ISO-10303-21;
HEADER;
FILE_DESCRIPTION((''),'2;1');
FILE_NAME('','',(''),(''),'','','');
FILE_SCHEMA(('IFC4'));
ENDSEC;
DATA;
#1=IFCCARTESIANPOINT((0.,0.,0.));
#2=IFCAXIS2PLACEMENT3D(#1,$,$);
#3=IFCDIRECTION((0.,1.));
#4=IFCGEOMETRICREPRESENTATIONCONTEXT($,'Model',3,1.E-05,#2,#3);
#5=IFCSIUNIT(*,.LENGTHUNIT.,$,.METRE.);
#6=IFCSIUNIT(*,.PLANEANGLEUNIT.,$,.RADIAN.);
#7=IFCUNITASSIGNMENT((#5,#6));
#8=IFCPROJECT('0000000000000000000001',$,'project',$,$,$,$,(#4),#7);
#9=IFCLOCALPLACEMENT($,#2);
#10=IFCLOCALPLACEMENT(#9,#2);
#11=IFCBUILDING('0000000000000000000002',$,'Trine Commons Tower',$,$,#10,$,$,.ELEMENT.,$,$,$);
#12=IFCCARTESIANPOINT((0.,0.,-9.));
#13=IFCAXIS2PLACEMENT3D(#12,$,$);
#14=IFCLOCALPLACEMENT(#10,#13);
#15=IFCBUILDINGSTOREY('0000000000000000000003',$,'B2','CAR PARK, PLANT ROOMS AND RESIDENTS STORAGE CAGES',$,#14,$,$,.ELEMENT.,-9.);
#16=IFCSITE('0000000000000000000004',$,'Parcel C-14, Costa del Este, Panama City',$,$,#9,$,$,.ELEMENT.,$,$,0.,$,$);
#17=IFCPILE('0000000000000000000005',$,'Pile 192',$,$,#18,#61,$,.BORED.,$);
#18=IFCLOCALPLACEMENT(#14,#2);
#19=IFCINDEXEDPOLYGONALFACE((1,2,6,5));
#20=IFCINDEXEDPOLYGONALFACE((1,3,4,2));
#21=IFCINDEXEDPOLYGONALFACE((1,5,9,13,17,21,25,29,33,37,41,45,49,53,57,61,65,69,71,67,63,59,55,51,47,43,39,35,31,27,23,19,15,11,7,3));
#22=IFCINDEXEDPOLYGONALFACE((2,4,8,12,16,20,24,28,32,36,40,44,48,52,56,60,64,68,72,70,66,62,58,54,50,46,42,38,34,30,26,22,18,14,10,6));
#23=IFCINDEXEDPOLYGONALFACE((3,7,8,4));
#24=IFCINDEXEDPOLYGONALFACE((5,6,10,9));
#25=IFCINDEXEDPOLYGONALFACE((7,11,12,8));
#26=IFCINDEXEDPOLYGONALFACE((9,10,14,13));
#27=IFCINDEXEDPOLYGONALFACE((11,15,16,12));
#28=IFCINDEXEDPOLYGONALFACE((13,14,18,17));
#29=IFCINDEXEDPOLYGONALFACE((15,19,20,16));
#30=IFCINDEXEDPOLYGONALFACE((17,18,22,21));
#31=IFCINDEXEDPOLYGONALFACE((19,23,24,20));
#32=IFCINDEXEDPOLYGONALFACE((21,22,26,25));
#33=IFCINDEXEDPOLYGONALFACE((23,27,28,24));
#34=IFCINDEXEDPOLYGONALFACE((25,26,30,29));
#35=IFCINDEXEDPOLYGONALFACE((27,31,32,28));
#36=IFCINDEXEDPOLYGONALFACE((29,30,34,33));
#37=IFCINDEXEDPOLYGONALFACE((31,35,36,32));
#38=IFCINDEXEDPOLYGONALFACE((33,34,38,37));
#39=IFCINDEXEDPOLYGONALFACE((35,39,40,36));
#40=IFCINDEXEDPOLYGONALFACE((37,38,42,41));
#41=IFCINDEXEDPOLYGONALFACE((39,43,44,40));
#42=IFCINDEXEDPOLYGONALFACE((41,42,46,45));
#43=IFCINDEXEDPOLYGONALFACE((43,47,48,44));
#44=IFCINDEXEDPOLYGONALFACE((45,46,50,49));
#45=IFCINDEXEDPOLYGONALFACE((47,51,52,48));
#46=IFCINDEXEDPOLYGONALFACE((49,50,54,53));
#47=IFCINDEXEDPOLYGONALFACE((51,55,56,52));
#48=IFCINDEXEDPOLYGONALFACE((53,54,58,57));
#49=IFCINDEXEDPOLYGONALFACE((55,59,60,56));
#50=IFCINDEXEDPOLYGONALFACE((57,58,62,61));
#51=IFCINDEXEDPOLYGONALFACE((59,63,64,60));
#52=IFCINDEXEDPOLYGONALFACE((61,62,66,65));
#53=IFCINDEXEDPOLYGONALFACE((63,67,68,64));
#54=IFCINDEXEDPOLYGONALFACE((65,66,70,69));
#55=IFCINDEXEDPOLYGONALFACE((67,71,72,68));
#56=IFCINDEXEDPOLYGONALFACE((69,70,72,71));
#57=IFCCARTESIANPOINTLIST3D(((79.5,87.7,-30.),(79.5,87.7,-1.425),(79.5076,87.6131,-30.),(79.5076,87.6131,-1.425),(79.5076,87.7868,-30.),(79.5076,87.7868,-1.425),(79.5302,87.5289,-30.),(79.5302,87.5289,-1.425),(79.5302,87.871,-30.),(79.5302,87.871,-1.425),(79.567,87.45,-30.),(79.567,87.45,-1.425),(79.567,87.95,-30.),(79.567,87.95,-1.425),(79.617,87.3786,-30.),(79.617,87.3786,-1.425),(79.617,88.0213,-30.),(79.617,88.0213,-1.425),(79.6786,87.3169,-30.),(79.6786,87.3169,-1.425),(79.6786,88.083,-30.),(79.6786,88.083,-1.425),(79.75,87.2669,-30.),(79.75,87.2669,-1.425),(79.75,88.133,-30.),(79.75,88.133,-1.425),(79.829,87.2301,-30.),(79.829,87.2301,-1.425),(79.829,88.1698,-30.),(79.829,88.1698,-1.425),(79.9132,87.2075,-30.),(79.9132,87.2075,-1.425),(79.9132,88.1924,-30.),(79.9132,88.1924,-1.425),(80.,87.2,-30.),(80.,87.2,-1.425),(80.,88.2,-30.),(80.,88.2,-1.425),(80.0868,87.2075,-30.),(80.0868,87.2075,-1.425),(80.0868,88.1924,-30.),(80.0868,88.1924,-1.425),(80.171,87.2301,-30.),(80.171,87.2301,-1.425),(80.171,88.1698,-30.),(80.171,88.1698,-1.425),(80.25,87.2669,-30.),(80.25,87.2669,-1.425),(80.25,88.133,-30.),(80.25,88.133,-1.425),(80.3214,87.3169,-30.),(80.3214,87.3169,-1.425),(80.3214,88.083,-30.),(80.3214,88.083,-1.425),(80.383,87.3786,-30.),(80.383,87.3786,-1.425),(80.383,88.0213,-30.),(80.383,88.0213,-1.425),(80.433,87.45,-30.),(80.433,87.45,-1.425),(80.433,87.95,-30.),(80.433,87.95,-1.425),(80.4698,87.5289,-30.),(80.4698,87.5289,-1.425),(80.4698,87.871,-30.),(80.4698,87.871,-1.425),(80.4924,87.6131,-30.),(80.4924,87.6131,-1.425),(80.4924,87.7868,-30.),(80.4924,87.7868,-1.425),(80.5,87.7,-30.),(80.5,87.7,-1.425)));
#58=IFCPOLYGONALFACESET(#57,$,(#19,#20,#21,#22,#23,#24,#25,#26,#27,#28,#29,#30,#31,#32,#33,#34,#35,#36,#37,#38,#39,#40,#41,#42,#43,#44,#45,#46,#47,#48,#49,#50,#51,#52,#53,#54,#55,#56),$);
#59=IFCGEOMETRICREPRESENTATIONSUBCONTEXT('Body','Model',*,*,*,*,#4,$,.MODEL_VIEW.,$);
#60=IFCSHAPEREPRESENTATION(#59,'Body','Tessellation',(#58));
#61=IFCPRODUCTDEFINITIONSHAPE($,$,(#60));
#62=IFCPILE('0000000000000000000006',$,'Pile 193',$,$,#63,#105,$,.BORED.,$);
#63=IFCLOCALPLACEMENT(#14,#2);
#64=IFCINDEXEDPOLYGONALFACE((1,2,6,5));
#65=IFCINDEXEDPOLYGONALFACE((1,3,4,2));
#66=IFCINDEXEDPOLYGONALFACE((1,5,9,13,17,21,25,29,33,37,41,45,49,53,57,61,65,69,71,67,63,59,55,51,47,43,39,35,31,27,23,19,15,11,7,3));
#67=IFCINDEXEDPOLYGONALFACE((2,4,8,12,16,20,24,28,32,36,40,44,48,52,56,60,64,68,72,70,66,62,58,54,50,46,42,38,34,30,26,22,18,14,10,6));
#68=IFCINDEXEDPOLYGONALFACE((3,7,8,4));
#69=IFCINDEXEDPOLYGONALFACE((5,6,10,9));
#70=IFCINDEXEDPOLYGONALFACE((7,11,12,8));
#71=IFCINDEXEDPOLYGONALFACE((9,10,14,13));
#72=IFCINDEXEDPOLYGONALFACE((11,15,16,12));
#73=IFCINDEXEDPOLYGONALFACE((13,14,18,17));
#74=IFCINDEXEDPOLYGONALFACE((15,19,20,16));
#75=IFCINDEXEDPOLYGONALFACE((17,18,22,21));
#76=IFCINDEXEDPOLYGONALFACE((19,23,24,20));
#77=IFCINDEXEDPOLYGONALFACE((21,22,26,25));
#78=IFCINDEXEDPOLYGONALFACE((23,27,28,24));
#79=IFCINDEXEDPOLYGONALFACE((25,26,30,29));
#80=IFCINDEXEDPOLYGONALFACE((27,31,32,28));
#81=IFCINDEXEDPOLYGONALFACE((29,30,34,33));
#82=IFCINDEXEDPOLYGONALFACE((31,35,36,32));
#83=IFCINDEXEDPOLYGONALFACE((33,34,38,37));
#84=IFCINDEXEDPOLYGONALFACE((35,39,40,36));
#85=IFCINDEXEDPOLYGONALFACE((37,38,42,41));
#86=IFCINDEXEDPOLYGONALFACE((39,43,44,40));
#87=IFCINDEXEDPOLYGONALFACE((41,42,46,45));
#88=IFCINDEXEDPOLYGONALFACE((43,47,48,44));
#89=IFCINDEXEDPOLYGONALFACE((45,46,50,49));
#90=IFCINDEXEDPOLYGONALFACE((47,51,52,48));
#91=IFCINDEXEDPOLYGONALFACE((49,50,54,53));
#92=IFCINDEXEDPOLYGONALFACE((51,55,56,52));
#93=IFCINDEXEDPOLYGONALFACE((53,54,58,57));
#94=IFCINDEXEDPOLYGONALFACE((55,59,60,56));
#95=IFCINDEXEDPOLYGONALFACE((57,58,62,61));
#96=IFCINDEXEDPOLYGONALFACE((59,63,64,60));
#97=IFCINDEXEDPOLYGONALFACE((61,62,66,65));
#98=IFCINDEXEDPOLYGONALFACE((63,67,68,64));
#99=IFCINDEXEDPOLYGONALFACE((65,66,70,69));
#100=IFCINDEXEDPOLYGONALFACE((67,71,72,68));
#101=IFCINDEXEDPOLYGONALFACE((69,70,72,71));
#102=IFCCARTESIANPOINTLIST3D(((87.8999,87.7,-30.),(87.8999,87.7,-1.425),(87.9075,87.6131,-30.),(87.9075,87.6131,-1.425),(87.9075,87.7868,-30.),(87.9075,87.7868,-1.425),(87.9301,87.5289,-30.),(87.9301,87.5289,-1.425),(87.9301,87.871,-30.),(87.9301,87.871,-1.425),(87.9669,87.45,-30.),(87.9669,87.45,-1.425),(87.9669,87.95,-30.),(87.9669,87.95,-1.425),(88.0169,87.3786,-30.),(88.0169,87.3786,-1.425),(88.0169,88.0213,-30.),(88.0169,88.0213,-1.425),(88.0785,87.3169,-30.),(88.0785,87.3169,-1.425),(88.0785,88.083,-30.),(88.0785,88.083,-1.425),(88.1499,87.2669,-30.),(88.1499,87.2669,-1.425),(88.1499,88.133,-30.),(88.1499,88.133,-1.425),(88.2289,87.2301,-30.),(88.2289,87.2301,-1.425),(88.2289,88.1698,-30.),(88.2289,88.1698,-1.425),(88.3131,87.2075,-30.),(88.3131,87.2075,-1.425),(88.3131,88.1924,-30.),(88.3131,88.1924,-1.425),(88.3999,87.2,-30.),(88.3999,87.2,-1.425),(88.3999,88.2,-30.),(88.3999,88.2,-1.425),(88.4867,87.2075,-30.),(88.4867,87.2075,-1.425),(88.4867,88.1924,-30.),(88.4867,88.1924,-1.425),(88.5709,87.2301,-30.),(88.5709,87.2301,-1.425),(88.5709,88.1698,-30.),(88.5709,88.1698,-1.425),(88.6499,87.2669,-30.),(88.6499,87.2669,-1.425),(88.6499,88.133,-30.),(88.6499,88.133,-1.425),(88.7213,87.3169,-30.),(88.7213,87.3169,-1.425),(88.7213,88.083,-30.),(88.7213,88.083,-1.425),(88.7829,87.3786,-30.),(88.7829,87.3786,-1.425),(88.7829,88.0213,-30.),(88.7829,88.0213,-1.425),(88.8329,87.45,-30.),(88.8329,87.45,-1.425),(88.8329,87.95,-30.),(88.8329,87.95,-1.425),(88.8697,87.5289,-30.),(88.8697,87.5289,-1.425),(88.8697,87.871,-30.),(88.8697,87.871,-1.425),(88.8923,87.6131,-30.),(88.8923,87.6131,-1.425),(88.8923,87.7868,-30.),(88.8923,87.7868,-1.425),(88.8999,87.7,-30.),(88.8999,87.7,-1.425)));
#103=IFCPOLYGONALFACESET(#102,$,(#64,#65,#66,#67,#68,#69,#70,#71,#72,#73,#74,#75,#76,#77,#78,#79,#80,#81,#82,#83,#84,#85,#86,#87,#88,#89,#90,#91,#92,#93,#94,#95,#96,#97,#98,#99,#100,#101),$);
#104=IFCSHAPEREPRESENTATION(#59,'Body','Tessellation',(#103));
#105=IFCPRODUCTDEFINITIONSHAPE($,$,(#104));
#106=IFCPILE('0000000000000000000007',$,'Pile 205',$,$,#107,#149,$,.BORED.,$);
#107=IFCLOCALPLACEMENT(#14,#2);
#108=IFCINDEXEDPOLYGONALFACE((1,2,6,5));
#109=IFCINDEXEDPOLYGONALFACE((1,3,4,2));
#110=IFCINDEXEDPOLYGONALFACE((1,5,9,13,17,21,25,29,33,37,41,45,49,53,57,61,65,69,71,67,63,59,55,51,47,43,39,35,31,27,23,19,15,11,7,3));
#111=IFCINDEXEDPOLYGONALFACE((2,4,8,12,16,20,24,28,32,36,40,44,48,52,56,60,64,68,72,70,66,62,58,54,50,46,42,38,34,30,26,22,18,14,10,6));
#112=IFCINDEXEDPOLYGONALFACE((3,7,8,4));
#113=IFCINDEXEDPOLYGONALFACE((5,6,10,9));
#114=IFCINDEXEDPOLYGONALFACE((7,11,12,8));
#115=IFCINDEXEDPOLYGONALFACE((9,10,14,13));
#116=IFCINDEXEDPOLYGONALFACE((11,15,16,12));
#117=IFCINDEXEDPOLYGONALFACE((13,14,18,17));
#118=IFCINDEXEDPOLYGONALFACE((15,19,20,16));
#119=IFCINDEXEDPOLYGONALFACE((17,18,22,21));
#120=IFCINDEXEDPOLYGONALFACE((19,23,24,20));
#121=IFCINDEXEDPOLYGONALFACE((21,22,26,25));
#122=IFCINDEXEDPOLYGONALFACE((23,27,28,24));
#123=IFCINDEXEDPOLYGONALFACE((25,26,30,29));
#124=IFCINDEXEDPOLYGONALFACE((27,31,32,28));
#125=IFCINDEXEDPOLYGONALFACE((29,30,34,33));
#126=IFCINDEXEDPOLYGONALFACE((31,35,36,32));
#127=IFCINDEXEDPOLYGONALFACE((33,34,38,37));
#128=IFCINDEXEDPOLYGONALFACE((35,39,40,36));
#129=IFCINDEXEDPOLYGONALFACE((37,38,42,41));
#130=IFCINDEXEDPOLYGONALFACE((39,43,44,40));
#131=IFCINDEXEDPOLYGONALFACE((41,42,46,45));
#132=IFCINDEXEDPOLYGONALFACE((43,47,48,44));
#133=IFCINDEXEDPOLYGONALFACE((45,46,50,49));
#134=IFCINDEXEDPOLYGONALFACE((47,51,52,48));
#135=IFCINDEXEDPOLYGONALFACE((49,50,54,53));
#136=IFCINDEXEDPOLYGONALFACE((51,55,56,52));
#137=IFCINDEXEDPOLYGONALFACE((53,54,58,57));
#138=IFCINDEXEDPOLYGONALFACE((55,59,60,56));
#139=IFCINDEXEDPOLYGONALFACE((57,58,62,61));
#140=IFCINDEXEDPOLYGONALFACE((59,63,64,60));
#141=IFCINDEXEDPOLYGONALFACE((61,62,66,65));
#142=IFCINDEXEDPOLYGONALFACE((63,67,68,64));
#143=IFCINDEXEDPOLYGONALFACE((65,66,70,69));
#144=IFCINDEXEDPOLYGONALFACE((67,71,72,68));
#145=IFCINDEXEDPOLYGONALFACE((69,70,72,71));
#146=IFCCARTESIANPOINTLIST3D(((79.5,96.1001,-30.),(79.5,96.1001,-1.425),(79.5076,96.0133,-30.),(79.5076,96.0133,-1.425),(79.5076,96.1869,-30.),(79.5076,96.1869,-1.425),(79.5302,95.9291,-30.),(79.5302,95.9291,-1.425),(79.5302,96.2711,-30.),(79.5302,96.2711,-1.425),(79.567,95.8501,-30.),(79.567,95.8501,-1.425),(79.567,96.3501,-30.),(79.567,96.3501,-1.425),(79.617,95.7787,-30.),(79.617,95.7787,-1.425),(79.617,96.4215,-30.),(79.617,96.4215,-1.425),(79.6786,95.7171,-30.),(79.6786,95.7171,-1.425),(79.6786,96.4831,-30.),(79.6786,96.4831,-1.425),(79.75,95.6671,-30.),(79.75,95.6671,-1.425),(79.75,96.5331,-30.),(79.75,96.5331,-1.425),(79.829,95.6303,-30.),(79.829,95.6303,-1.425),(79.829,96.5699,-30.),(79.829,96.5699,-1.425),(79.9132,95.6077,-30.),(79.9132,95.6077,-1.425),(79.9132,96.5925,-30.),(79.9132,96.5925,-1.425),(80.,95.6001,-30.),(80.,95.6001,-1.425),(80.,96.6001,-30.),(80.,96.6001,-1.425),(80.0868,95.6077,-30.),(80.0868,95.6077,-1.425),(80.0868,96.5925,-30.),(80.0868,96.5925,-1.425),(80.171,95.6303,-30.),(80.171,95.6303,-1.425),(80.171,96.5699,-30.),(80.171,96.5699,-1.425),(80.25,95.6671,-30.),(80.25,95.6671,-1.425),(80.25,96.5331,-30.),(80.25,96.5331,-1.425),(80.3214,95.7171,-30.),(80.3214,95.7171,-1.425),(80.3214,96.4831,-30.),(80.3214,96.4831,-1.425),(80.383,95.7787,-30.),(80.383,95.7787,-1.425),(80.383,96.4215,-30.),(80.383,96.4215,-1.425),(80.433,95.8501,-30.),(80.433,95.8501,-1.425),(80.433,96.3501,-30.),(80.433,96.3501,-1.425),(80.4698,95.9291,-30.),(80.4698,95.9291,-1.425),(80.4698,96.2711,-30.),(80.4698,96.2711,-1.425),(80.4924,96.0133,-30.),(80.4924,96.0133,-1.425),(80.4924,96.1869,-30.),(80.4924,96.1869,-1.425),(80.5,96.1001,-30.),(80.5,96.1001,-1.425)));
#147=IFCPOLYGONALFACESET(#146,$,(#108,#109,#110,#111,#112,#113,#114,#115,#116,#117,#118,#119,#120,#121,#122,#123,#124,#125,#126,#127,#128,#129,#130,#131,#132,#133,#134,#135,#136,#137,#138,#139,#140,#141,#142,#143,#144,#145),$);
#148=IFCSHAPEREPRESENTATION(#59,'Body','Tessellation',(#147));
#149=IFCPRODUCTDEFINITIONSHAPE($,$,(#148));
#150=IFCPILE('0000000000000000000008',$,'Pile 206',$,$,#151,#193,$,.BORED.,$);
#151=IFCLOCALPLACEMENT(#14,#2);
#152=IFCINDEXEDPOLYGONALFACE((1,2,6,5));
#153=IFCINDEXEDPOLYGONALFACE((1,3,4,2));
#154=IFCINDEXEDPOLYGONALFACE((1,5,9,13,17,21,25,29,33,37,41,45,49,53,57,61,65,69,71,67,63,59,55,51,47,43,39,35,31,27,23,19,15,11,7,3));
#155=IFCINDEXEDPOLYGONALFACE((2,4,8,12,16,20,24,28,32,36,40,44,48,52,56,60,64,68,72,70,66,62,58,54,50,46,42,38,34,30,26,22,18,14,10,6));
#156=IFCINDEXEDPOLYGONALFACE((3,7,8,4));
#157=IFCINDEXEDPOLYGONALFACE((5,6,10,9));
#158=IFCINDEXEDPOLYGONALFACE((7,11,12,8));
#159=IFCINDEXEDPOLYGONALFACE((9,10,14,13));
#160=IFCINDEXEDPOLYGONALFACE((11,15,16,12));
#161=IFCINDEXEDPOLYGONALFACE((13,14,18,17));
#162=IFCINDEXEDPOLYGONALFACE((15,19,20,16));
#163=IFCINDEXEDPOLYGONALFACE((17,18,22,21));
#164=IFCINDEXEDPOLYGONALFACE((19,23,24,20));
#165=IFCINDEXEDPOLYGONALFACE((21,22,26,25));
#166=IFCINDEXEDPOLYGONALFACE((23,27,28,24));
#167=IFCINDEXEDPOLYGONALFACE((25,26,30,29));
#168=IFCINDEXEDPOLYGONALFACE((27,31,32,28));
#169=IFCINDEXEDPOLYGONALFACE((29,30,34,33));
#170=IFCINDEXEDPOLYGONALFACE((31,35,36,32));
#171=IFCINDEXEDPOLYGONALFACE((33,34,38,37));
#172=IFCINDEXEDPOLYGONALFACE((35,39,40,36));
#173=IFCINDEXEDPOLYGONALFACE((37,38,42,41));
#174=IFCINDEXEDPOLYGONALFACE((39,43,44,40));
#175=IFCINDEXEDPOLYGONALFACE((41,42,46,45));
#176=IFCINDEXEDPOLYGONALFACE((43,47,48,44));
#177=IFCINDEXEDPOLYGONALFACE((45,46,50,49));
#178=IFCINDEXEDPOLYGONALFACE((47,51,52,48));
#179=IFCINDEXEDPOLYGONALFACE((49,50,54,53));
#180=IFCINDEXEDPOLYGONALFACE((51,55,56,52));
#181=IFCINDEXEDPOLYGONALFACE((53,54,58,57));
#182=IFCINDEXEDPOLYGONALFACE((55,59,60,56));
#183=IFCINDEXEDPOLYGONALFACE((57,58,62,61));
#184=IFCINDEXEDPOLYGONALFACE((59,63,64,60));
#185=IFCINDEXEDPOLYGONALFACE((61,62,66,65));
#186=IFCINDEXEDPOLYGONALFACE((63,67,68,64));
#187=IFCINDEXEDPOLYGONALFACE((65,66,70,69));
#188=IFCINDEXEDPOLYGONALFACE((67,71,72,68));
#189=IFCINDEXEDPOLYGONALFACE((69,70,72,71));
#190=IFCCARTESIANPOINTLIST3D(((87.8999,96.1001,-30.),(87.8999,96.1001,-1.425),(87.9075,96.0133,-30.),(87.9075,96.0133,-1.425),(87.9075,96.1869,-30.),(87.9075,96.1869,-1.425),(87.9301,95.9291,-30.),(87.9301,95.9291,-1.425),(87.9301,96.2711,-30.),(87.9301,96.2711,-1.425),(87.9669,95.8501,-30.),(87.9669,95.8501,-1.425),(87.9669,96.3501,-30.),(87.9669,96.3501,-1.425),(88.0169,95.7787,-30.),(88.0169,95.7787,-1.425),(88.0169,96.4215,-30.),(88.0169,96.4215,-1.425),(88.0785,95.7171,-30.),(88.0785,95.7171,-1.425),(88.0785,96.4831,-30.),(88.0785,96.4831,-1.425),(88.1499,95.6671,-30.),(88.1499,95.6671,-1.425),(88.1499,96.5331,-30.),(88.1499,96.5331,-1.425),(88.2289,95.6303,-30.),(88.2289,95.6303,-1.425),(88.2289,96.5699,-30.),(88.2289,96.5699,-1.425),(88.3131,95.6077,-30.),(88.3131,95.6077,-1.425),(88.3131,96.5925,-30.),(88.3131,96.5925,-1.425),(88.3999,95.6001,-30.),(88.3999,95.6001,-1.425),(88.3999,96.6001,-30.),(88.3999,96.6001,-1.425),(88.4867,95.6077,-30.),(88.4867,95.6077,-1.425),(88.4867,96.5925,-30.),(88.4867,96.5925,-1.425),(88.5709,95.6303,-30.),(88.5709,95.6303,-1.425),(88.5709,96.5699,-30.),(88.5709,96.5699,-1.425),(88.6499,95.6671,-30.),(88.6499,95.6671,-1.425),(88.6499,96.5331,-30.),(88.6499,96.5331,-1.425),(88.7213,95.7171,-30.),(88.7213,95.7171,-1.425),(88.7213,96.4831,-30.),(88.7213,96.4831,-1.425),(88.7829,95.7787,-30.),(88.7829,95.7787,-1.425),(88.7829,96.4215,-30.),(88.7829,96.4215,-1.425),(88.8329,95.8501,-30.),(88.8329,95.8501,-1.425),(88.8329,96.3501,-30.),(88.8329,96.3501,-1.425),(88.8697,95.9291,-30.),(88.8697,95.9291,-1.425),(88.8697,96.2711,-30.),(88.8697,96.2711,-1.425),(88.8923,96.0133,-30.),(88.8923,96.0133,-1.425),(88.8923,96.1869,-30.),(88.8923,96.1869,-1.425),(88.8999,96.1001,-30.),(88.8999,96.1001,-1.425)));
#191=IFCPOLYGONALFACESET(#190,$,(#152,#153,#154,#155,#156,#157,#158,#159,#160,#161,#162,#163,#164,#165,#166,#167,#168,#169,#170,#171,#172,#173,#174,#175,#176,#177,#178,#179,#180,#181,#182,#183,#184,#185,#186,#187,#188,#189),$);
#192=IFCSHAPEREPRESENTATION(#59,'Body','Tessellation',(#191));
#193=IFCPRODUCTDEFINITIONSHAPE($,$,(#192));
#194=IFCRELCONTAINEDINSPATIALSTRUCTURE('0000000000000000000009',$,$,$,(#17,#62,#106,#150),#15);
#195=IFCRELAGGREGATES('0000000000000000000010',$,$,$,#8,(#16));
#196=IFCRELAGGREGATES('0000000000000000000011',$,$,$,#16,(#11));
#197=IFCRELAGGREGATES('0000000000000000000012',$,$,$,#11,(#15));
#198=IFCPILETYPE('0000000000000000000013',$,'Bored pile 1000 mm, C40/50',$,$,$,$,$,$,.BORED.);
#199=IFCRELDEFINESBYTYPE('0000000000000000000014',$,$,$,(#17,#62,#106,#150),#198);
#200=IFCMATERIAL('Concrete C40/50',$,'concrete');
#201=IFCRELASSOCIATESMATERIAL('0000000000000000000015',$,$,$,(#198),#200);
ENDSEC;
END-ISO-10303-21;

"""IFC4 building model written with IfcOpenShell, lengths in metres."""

from ifc_helpers import new_model, si_unit, direction, frame, origin, origin_2d, place, context, subcontext, project, spatial, circle, extrude, material, type_object, element, save


model = new_model("IFC4")

# Units and contexts
model_context = context("Model", 3, precision=1e-05, world=origin(), true_north=direction((0.0, 1.0)))
body_context = subcontext(model_context, "Body", "Model", "MODEL_VIEW")
ifc_project = project(units=[si_unit("LENGTHUNIT", "METRE"), si_unit("PLANEANGLEUNIT", "RADIAN")], contexts=[model_context])

# Site, building, storey
site_placement = place(None, origin())
site = spatial("IfcSite", under=ifc_project, at=site_placement, Name="Parcel C-14, Costa del Este, Panama City", CompositionType="ELEMENT", RefElevation=0.0)
building_placement = place(site_placement, origin())
building = spatial("IfcBuilding", under=site, at=building_placement, Name="Trine Commons Tower", CompositionType="ELEMENT")
storey_placement = place(building_placement, frame((0.0, 0.0, -9.0)))
storey = spatial("IfcBuildingStorey", under=building, at=storey_placement, Name="B2", Description="CAR PARK, PLANT ROOMS AND RESIDENTS STORAGE CAGES", CompositionType="ELEMENT", Elevation=-9.0)

# Piles
ifc_material_1 = material(Name="Concrete C40/50", Category="concrete")
pile_type_1 = type_object("IfcPileType", Name="Bored pile 1000 mm, C40/50", PredefinedType="BORED", material=ifc_material_1)
for number, where, z_axis, x_axis, name in (
    (1, (80.0, 87.7, -1.425), (0.0, 0.0, -1.0), (1.0, 0.0, 0.0), "Pile 192"),
    (2, (88.3999, 87.7, -1.425), (0.0, 0.0, -1.0), (1.0, 0.0, 0.0), "Pile 193"),
    (3, (80.0, 96.1001, -1.425), (0.0, 0.0, -1.0), (1.0, 0.0, 0.0), "Pile 205"),
    (4, (88.3999, 96.1001, -1.425), (0.0, 0.0, -1.0), (1.0, 0.0, 0.0), "Pile 206"),
):
    element("IfcPile", number, at=place(storey_placement, frame(where, z_axis=z_axis, x_axis=x_axis)), inside=storey, type_object=pile_type_1, Name=name, PredefinedType="BORED", context=body_context, shape_type="SweptSolid", body=[
        extrude(circle(Radius=0.5, at=origin_2d()), origin(), (0.0, 0.0, 1.0), 28.575),
    ])

save(model, "model.ifc")
